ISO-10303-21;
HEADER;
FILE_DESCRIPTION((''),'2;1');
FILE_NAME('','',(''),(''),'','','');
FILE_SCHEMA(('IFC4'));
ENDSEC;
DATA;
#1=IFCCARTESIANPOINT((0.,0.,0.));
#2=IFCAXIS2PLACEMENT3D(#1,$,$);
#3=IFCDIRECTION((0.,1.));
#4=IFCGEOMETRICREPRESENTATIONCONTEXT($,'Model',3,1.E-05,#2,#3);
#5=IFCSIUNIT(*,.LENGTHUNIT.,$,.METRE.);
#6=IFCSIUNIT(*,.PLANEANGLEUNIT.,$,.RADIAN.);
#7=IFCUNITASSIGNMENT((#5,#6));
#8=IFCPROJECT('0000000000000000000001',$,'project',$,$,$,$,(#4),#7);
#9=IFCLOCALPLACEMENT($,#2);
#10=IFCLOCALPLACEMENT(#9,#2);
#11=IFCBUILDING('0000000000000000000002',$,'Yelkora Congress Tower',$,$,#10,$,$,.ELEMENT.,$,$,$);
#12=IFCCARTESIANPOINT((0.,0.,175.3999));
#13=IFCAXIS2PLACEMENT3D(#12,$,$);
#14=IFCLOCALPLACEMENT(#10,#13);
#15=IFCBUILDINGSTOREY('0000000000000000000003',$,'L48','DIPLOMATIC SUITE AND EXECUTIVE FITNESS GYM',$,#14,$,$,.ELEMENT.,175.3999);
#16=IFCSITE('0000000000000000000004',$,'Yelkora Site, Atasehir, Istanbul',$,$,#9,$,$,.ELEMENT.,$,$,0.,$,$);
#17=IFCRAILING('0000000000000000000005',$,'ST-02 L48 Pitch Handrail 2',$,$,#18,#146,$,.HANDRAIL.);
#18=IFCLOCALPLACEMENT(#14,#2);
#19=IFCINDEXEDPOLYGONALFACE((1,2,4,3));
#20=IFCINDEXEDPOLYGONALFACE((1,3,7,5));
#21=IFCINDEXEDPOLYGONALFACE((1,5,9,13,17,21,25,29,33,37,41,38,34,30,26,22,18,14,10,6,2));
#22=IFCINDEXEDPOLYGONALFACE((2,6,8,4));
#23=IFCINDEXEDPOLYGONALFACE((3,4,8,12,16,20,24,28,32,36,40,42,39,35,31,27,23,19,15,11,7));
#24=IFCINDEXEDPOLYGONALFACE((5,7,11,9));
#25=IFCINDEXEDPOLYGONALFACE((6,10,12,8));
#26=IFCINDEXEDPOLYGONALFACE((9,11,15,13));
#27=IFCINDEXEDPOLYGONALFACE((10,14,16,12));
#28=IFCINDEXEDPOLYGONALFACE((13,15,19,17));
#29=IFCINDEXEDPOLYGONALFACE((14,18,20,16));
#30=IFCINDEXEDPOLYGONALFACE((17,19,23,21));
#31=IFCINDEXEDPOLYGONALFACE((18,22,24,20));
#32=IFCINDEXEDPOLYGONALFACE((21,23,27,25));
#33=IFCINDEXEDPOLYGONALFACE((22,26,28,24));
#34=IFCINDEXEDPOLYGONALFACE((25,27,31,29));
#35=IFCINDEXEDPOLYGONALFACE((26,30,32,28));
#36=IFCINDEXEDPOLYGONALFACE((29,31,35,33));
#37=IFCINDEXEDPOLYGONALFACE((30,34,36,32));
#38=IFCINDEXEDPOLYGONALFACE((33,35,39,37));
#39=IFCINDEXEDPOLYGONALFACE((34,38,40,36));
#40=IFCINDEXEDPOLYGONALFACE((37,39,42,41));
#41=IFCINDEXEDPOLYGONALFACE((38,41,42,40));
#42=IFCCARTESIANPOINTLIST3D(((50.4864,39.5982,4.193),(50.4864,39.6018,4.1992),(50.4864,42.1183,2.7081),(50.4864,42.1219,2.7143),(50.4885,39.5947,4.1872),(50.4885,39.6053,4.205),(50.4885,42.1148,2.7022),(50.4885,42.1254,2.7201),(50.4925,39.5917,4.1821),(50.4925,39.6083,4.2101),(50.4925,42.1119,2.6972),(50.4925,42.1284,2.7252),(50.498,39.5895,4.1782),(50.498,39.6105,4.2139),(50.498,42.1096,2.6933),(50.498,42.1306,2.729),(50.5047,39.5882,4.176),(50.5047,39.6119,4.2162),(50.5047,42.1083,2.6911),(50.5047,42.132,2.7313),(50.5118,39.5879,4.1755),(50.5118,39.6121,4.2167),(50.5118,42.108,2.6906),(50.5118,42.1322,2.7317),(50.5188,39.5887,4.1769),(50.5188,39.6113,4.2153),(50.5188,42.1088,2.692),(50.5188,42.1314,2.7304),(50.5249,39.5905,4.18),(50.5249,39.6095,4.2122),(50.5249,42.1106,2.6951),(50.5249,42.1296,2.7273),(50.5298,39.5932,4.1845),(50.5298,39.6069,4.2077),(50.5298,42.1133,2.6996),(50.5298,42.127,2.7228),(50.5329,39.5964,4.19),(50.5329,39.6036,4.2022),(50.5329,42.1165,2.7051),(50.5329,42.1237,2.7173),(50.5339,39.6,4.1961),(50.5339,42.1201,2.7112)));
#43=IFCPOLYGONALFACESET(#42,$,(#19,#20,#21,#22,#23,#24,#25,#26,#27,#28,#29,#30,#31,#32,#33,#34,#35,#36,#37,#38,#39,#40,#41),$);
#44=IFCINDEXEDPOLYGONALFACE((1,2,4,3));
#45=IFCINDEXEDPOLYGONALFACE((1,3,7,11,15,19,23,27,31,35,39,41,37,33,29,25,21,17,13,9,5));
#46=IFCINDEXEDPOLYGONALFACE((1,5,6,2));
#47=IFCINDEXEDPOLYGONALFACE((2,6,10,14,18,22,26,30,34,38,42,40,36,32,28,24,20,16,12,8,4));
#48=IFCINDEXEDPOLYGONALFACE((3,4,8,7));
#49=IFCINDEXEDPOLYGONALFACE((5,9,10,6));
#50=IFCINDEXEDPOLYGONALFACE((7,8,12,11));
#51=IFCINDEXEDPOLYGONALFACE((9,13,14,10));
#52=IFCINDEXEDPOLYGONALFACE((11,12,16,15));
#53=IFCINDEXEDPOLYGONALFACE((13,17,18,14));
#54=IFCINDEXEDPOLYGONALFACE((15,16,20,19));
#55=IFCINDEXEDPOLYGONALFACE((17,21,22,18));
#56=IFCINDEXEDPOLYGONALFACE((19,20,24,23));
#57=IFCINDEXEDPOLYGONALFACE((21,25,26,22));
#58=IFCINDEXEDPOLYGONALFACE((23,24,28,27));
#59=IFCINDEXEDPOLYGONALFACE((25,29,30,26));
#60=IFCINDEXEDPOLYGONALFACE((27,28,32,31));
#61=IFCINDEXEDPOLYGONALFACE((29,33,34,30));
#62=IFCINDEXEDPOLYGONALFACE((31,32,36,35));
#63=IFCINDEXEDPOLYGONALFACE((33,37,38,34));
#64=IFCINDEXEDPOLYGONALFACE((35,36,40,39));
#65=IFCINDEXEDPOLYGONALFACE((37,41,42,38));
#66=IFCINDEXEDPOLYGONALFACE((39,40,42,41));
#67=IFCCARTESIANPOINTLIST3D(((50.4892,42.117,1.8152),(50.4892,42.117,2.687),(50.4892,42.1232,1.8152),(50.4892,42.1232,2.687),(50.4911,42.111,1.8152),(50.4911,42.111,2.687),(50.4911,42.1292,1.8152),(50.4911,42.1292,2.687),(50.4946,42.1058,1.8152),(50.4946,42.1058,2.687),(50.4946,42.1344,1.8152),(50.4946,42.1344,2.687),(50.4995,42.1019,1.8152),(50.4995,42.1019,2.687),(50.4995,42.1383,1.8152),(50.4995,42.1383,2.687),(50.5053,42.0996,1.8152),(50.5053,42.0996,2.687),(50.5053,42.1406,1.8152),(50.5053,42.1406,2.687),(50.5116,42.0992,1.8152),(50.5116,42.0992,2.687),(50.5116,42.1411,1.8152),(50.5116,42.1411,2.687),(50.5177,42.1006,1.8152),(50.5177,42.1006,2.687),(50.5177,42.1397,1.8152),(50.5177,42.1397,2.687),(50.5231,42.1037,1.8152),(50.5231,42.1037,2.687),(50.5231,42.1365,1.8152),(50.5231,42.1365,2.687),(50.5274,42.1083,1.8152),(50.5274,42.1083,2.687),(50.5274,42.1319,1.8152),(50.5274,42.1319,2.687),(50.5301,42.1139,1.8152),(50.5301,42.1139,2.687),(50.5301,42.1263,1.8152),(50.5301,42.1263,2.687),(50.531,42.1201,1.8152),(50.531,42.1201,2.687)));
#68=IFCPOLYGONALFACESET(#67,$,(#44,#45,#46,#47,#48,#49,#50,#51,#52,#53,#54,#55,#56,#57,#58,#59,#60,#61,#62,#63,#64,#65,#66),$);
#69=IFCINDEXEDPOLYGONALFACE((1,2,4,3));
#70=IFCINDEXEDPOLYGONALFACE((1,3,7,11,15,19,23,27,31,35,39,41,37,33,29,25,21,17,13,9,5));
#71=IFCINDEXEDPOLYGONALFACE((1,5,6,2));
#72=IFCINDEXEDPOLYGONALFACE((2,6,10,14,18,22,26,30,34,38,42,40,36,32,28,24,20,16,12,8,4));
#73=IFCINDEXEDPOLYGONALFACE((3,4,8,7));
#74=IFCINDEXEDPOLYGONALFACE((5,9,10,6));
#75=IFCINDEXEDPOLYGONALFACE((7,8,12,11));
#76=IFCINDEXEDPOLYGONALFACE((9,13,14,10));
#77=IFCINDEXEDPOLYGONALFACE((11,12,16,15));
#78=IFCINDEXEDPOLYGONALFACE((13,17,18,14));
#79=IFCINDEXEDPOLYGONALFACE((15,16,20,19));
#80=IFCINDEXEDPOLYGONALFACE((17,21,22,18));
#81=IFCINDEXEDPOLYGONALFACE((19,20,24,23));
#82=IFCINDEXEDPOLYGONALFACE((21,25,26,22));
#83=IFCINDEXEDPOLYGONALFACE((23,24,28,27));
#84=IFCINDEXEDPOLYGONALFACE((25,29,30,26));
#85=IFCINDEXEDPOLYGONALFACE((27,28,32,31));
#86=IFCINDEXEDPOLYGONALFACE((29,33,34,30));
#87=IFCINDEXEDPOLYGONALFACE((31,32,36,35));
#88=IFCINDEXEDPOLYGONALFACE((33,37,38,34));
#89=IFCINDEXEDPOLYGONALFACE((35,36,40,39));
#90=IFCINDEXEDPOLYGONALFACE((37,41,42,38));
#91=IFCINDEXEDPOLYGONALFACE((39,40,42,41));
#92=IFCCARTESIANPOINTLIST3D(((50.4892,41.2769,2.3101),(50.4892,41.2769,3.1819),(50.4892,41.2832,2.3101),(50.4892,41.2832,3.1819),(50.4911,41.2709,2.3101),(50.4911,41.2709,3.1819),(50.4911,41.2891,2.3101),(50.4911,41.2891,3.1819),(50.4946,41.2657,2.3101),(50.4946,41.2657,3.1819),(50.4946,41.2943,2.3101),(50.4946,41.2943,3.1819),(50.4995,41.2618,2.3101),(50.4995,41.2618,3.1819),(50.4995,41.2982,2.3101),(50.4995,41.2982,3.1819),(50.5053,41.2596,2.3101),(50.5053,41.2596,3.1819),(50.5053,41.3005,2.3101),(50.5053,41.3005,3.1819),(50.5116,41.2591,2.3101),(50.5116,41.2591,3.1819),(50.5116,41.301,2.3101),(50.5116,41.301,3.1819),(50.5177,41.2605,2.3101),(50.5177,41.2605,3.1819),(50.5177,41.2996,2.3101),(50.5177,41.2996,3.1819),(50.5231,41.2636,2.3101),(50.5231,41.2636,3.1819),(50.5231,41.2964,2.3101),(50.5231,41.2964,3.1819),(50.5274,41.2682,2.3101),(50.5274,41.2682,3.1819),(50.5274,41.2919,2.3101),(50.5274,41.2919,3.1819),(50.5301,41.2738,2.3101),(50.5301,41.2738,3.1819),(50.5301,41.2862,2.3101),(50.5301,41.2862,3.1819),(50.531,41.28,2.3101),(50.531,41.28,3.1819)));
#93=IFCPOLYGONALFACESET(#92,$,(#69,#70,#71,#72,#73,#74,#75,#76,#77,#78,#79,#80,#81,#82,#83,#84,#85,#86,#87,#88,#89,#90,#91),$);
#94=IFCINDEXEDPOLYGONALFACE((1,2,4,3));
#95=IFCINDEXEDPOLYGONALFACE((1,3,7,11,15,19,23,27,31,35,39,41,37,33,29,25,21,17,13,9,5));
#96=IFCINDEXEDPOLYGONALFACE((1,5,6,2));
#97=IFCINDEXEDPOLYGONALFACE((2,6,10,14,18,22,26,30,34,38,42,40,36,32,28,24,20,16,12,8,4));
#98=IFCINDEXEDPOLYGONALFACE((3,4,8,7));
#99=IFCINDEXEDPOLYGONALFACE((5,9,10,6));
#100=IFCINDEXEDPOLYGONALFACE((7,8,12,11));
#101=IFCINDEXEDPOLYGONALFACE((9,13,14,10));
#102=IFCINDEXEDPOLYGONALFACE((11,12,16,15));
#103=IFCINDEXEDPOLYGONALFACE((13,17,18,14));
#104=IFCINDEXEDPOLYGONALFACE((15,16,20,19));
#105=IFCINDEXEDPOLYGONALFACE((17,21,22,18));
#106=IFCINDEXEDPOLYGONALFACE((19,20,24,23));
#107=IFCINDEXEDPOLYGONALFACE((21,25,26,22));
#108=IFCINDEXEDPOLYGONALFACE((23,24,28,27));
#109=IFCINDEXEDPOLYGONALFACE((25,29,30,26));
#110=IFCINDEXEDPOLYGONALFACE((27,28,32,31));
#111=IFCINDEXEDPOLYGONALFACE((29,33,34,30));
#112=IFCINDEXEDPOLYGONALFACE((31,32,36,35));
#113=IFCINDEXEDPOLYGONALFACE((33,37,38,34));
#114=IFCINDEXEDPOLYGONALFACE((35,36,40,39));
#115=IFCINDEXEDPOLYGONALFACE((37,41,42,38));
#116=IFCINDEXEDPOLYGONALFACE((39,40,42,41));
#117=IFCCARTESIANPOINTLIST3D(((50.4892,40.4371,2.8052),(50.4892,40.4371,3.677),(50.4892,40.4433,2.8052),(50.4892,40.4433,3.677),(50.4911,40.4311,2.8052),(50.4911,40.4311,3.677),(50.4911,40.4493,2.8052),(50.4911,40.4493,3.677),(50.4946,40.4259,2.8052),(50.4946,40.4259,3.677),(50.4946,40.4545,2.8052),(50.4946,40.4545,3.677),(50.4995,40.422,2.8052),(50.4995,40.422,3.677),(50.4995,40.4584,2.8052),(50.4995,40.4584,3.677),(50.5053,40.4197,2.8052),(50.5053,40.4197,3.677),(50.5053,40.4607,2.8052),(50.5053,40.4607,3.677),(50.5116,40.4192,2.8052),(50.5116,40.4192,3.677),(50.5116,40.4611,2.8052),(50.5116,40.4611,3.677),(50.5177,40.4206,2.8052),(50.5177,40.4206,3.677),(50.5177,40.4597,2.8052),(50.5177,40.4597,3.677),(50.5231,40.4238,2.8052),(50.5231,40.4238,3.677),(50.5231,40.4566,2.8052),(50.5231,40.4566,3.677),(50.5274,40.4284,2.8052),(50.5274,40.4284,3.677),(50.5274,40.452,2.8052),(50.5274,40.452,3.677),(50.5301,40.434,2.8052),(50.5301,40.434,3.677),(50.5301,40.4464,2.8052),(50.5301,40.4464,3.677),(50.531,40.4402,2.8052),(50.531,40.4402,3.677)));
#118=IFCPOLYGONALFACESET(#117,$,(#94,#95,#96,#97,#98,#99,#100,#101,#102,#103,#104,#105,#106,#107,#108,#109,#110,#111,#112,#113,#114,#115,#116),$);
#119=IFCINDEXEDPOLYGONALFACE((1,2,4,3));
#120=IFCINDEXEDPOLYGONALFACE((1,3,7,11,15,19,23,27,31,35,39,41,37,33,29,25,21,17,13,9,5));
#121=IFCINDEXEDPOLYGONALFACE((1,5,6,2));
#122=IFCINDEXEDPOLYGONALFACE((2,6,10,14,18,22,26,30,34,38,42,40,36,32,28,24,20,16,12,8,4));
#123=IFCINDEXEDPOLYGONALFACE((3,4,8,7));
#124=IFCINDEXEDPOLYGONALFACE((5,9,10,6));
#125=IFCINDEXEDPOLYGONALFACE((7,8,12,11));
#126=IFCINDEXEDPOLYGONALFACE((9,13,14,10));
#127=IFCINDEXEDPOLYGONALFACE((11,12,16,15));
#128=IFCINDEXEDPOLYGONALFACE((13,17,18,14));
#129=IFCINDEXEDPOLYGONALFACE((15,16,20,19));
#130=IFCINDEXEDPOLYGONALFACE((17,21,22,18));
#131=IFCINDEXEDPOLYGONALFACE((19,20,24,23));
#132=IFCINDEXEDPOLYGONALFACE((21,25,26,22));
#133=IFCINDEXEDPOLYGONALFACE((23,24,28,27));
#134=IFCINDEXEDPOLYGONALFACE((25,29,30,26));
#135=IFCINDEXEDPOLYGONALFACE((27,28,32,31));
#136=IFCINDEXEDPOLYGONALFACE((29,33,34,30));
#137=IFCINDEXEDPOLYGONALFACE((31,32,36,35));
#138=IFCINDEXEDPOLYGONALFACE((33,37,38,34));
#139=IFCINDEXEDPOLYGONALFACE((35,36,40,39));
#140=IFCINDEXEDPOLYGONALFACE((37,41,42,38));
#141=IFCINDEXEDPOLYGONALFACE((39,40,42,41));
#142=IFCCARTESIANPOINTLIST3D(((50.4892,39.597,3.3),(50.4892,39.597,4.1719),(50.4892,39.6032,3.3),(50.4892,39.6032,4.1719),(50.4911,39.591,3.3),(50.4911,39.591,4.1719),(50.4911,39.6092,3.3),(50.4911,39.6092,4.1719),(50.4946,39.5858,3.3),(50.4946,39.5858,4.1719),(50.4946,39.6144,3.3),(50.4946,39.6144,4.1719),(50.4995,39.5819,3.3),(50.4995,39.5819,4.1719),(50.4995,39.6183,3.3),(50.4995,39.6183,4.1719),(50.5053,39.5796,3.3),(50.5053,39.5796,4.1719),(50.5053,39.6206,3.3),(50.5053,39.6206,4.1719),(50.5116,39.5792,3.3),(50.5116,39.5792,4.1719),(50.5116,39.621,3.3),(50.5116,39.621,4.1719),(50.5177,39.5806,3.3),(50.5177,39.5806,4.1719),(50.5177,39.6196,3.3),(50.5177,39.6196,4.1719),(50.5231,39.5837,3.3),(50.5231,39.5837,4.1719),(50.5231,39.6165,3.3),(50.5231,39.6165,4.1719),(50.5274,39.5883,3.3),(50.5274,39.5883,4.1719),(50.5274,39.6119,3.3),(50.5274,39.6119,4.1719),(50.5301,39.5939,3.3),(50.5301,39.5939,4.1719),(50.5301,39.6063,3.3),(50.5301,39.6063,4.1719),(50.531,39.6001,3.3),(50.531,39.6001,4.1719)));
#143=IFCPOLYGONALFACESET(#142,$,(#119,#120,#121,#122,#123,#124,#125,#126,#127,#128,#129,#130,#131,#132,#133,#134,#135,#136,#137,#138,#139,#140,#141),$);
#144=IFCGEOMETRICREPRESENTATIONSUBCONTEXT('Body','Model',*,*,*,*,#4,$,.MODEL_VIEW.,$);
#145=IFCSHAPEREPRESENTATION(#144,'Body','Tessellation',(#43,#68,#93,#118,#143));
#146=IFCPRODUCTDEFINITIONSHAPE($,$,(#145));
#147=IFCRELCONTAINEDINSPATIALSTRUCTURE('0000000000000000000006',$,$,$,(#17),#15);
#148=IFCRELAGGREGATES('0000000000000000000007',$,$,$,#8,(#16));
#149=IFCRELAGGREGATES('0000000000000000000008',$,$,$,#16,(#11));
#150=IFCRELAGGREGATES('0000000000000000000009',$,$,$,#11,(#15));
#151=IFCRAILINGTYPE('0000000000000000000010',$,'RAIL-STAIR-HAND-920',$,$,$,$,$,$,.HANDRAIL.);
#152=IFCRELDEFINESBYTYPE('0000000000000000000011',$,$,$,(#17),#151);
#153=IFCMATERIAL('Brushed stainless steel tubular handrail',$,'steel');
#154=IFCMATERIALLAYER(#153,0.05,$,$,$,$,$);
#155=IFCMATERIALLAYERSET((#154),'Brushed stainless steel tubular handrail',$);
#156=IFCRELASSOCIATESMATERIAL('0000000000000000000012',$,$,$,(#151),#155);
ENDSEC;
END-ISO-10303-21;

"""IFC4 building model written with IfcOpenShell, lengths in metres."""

from ifc_helpers import new_model, si_unit, direction, frame, origin, origin_2d, place, context, subcontext, project, spatial, circle, extrude, material, layer, layer_set, type_object, element, save


model = new_model("IFC4")

# Units and contexts
model_context = context("Model", 3, precision=1e-05, world=origin(), true_north=direction((0.0, 1.0)))
body_context = subcontext(model_context, "Body", "Model", "MODEL_VIEW")
ifc_project = project(units=[si_unit("LENGTHUNIT", "METRE"), si_unit("PLANEANGLEUNIT", "RADIAN")], contexts=[model_context])

# Site, building, storey
site_placement = place(None, origin())
site = spatial("IfcSite", under=ifc_project, at=site_placement, Name="Yelkora Site, Atasehir, Istanbul", CompositionType="ELEMENT", RefElevation=0.0)
building_placement = place(site_placement, origin())
building = spatial("IfcBuilding", under=site, at=building_placement, Name="Yelkora Congress Tower", CompositionType="ELEMENT")
storey_placement = place(building_placement, frame((0.0, 0.0, 175.3999)))
storey = spatial("IfcBuildingStorey", under=building, at=storey_placement, Name="L48", Description="DIPLOMATIC SUITE AND EXECUTIVE FITNESS GYM", CompositionType="ELEMENT", Elevation=175.3999)

# Railing
ifc_material_1 = material(Name="Brushed stainless steel tubular handrail", Category="steel")
ifc_layer_1 = layer(ifc_material_1, 0.05)
ifc_layer_set_1 = layer_set([ifc_layer_1], Name="Brushed stainless steel tubular handrail")
railing_type_1 = type_object("IfcRailingType", Name="RAIL-STAIR-HAND-920", PredefinedType="HANDRAIL", material=ifc_layer_set_1)
railing_1_placement = place(storey_placement, frame((50.51, 42.1201, 1.8152)))
element("IfcRailing", 1, at=railing_1_placement, inside=storey, type_object=railing_type_1, Name="ST-02 L48 Pitch Handrail 2", PredefinedType="HANDRAIL", context=body_context, shape_type="SweptSolid", body=[
    extrude(circle(Radius=0.0239, at=origin_2d()), frame((0.0, 0.0, 0.896), z_axis=(0.0, -0.861561, 0.507655), x_axis=(1.0, 0.0, 0.0)), (0.0, 0.0, 1.0), 2.925),
    extrude(circle(Radius=0.021, at=origin_2d()), origin(), (0.0, 0.0, 1.0), 0.8718),
    extrude(circle(Radius=0.021, at=origin_2d()), frame((0.0, -0.8401, 0.4949)), (0.0, 0.0, 1.0), 0.8718),
    extrude(circle(Radius=0.021, at=origin_2d()), frame((0.0, -1.6799, 0.99)), (0.0, 0.0, 1.0), 0.8718),
    extrude(circle(Radius=0.021, at=origin_2d()), frame((0.0, -2.52, 1.4849)), (0.0, 0.0, 1.0), 0.8718),
])

save(model, "model.ifc")
